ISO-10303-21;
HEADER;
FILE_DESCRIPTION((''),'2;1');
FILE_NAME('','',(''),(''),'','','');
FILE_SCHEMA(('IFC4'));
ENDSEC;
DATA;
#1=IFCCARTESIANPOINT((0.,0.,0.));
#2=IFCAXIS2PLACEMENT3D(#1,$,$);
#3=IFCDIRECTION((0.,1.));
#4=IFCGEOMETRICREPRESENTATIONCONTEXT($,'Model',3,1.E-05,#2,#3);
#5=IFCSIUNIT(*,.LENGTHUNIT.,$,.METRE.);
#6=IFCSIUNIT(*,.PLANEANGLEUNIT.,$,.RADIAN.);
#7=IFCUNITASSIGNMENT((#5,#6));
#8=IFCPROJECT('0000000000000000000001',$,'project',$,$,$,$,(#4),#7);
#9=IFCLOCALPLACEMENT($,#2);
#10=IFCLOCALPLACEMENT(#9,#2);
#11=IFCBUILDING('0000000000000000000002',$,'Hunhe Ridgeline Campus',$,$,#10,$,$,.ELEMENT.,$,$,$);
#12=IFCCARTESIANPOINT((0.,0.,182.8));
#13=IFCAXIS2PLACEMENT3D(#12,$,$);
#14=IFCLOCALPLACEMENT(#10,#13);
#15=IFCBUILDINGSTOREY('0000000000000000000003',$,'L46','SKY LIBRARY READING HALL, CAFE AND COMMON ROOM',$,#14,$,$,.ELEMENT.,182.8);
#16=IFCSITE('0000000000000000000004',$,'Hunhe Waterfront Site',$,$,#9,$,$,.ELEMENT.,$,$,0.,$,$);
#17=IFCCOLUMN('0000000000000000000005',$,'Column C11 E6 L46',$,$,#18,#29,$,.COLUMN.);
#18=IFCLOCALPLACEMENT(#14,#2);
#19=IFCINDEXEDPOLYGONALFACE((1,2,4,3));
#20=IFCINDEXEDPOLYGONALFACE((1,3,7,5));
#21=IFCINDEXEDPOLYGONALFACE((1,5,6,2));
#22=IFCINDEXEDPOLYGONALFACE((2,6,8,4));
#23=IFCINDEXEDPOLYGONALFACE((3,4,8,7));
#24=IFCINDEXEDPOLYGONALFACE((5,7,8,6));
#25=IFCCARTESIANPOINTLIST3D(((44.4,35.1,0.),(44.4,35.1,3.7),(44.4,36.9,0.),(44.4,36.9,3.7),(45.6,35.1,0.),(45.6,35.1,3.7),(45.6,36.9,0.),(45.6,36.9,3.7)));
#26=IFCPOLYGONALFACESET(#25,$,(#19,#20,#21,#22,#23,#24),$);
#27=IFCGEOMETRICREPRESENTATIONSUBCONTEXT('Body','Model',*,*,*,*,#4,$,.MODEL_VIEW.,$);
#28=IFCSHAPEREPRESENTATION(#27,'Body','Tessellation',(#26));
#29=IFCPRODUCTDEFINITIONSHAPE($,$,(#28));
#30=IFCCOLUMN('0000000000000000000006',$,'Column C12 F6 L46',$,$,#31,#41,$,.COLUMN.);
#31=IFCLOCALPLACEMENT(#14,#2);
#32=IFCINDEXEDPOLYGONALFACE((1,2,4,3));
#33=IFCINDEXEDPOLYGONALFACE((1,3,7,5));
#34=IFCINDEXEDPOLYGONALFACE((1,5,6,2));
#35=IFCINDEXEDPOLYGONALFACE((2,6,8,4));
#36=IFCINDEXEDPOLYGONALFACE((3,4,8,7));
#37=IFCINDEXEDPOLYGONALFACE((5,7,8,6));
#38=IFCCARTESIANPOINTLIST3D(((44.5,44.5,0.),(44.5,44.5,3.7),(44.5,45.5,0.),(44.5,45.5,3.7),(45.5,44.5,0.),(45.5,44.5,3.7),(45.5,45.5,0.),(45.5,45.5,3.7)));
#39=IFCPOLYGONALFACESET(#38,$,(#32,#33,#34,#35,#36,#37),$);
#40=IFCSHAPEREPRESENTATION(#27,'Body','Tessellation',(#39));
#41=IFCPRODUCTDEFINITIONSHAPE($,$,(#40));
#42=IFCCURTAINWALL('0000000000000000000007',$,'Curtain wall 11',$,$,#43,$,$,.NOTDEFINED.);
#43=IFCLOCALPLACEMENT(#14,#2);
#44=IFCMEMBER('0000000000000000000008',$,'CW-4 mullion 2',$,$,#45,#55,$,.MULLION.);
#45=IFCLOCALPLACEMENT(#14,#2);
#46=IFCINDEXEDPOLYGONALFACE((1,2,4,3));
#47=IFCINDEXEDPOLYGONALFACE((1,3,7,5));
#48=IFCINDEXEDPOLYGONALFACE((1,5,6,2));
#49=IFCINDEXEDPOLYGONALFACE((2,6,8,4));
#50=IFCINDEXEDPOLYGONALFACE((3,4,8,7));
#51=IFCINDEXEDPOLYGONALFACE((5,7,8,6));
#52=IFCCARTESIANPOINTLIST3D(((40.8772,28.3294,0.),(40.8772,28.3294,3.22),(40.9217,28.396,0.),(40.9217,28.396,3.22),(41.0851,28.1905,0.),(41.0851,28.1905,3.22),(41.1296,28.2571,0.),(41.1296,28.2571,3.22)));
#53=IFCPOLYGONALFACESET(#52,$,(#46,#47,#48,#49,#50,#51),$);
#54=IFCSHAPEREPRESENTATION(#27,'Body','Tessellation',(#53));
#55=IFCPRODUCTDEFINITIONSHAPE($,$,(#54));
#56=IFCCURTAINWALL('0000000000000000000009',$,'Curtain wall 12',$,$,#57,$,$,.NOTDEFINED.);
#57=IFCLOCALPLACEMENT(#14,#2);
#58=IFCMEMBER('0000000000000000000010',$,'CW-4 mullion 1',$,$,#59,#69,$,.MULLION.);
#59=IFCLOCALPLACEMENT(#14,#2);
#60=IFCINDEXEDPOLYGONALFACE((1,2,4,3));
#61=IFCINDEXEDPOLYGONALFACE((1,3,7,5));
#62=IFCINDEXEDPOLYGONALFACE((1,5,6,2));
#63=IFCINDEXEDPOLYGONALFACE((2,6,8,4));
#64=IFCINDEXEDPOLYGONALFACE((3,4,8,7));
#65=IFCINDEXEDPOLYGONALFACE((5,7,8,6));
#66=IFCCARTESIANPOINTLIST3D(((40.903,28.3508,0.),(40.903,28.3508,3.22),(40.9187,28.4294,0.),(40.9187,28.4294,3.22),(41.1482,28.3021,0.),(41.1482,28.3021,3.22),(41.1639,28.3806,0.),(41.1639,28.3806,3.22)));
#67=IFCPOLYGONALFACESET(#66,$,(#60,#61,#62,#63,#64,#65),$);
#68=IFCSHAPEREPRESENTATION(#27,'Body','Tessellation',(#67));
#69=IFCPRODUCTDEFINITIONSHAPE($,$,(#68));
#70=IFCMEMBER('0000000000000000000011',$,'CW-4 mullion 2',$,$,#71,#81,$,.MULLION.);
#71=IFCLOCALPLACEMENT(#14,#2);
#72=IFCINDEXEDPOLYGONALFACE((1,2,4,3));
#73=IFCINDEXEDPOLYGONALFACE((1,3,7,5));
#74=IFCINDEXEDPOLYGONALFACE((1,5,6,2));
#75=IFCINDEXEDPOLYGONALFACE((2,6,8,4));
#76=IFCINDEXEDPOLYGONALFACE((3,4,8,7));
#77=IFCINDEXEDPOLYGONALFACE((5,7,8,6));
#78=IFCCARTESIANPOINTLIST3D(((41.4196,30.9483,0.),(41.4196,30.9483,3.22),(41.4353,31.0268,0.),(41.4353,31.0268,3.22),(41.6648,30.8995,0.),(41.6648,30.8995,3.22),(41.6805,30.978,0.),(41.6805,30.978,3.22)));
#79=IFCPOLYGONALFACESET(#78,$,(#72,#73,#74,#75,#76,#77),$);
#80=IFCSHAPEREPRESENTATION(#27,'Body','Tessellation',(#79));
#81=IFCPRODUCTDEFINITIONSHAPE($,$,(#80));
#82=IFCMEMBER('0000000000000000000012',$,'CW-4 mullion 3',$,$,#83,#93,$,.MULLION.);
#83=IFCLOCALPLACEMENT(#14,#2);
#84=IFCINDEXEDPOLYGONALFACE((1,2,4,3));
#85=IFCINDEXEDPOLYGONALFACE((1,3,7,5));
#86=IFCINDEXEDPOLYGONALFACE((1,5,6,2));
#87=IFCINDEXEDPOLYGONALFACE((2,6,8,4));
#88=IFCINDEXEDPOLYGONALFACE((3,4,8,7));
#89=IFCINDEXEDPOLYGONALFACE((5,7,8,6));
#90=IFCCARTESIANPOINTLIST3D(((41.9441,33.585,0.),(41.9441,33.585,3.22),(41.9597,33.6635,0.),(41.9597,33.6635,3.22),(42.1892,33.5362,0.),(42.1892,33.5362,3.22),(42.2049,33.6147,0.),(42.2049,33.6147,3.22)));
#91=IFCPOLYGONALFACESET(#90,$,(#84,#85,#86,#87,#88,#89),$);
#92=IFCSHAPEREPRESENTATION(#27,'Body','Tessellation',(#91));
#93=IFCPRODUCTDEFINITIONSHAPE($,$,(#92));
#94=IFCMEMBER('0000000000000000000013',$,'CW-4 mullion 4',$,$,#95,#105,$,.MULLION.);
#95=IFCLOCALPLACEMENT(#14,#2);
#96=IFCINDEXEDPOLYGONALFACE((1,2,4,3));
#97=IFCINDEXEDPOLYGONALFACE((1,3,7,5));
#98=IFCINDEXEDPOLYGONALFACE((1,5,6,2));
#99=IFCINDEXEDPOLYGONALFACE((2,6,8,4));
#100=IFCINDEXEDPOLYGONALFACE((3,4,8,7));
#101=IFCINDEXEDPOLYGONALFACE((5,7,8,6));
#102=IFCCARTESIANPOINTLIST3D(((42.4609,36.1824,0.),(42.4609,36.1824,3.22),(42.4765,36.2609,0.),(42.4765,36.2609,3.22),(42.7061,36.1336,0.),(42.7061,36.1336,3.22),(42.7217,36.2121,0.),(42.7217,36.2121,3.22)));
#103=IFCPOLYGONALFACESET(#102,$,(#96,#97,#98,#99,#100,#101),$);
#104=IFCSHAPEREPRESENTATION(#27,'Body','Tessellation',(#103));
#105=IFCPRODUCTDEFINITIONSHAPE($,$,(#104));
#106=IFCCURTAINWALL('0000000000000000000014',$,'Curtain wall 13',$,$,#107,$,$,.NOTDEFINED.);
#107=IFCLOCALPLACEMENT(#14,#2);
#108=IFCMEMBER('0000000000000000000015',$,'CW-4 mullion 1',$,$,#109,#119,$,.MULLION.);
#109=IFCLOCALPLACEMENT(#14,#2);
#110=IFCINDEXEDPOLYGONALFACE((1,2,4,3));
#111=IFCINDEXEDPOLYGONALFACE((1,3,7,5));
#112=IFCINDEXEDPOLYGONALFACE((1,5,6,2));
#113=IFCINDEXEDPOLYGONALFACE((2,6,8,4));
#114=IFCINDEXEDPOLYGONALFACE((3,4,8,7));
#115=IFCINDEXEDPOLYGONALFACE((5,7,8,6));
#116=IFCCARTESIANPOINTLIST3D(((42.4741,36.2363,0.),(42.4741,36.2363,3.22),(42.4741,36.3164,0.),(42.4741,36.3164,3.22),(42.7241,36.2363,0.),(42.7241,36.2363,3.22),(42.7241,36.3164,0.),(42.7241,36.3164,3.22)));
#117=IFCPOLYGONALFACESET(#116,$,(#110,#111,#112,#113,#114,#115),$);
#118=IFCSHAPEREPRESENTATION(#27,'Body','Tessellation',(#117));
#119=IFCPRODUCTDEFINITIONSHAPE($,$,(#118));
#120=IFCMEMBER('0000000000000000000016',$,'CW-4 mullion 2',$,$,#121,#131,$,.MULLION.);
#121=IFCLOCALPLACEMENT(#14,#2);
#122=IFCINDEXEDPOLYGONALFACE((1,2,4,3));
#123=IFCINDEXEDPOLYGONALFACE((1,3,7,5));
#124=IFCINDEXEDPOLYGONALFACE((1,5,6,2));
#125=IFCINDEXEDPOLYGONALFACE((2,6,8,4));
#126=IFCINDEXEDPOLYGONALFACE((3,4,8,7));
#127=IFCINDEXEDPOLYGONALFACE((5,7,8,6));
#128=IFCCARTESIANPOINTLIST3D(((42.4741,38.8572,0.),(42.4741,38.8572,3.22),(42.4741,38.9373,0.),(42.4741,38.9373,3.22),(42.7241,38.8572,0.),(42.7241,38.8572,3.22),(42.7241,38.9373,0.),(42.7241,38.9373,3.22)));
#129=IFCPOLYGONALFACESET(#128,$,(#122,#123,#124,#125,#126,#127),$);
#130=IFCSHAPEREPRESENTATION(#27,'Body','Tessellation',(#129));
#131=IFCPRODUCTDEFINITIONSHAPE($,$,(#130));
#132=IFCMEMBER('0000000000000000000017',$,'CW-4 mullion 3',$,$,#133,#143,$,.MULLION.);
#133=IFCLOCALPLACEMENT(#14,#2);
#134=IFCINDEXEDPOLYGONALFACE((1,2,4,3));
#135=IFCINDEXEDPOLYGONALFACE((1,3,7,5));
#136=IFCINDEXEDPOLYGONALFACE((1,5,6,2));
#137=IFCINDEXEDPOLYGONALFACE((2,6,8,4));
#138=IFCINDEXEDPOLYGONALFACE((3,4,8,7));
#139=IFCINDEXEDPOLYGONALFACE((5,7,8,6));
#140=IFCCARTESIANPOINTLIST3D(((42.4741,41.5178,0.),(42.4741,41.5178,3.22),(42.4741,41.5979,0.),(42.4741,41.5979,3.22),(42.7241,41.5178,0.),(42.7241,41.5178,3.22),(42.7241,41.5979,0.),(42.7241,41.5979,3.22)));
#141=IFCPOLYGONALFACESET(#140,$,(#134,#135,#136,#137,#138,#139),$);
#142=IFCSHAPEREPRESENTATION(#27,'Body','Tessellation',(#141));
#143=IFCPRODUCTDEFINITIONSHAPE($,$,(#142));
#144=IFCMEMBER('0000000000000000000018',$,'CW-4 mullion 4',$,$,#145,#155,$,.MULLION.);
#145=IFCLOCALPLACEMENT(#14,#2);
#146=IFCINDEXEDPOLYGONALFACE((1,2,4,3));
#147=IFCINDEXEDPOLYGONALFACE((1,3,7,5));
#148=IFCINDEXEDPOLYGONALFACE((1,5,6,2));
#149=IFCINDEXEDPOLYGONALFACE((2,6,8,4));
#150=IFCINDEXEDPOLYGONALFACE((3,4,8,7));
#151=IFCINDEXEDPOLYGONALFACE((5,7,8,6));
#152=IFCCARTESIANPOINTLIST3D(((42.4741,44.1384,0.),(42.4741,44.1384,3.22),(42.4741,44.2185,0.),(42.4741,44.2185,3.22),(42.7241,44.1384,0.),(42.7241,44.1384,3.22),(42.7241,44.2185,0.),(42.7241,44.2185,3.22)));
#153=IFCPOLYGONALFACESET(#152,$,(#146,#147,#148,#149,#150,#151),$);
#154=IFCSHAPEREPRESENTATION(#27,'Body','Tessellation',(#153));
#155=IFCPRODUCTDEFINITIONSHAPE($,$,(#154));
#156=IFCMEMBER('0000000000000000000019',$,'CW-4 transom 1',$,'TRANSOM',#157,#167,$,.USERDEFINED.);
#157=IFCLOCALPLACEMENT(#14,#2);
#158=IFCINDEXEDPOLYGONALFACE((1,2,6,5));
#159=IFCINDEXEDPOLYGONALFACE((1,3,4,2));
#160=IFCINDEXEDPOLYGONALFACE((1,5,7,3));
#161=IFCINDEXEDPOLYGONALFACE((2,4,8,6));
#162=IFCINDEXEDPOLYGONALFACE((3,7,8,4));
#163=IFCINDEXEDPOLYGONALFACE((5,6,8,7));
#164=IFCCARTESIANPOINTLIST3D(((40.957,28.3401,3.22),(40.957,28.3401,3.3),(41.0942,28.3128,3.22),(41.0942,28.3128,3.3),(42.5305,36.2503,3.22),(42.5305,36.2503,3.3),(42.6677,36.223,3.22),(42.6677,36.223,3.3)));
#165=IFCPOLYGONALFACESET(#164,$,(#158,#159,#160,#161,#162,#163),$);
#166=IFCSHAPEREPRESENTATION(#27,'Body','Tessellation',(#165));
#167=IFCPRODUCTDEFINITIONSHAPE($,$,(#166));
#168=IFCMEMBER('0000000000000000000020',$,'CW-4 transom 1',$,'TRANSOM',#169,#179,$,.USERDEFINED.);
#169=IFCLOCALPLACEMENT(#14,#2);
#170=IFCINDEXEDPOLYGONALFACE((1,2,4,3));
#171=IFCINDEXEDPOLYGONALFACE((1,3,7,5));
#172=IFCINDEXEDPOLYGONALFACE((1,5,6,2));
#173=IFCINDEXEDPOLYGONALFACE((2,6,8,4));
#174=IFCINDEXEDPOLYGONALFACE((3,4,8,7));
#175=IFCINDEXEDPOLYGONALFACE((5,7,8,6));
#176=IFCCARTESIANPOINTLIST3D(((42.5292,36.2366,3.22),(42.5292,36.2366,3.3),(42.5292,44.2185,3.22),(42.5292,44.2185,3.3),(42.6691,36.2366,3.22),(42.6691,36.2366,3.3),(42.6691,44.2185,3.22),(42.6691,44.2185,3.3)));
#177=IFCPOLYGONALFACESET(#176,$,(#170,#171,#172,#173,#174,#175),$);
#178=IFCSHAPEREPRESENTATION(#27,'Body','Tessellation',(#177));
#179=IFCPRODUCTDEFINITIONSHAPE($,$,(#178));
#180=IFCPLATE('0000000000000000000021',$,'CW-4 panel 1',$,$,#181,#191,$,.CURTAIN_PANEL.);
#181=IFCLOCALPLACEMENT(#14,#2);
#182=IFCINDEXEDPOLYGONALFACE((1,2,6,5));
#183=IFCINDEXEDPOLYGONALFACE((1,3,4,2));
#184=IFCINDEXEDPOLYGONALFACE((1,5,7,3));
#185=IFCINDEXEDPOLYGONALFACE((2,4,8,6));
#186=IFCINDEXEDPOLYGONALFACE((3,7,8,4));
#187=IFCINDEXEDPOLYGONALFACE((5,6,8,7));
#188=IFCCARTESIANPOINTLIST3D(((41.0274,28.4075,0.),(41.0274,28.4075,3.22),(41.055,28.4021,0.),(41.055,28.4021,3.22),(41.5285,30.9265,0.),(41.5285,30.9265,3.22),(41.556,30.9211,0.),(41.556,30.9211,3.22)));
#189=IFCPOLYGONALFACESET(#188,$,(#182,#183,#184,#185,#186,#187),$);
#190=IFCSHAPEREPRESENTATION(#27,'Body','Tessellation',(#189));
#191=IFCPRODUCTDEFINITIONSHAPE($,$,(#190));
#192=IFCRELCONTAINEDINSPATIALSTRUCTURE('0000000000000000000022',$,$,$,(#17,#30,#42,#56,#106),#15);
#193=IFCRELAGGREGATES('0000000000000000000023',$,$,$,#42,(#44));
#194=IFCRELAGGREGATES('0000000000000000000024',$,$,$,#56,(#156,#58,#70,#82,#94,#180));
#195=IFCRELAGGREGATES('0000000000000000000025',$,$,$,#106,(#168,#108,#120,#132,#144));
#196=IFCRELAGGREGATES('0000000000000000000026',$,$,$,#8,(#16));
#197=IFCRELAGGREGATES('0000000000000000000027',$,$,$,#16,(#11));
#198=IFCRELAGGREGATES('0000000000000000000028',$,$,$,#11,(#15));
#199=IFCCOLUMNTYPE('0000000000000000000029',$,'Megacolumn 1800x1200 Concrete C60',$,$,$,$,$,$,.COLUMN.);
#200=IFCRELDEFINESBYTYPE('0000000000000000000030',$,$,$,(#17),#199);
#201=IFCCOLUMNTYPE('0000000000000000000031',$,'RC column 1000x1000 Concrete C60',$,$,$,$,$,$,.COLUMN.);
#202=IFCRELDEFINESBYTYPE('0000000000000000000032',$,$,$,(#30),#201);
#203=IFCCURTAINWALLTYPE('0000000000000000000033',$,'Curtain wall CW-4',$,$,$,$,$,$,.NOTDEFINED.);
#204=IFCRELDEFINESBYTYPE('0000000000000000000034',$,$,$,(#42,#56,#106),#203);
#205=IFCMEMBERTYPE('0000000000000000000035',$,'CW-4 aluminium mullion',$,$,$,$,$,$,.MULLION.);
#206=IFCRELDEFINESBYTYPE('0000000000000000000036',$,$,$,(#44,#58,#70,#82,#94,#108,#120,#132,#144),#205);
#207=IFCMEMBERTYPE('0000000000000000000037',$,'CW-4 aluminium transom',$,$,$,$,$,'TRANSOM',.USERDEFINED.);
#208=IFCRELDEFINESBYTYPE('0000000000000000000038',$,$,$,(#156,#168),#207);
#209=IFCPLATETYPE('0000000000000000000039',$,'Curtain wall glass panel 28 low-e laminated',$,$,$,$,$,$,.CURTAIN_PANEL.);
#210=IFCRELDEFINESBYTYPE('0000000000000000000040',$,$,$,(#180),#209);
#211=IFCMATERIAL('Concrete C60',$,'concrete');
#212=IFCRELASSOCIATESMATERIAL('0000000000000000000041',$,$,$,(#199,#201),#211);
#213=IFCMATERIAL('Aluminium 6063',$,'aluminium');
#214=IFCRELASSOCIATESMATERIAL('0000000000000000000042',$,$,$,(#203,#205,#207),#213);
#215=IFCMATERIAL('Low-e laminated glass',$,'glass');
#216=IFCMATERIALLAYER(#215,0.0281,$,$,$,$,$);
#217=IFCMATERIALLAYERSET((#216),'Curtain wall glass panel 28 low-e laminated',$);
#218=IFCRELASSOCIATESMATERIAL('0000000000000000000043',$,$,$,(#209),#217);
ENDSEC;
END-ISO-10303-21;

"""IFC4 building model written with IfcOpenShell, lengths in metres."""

from ifc_helpers import new_model, si_unit, direction, frame, origin, origin_2d, place, context, subcontext, project, spatial, rectangle, extrude, material, layer, layer_set, material_profile, profile_set, type_object, element, aggregate, save


model = new_model("IFC4")

# Units and contexts
model_context = context("Model", 3, precision=1e-05, world=origin(), true_north=direction((0.0, 1.0)))
body_context = subcontext(model_context, "Body", "Model", "MODEL_VIEW")
ifc_project = project(units=[si_unit("LENGTHUNIT", "METRE"), si_unit("PLANEANGLEUNIT", "RADIAN")], contexts=[model_context])

# Site, building, storey
site_placement = place(None, origin())
site = spatial("IfcSite", under=ifc_project, at=site_placement, Name="Hunhe Waterfront Site", CompositionType="ELEMENT", RefElevation=0.0)
building_placement = place(site_placement, origin())
building = spatial("IfcBuilding", under=site, at=building_placement, Name="Hunhe Ridgeline Campus", CompositionType="ELEMENT")
storey_placement = place(building_placement, frame((0.0, 0.0, 182.8)))
storey = spatial("IfcBuildingStorey", under=building, at=storey_placement, Name="L46", Description="SKY LIBRARY READING HALL, CAFE AND COMMON ROOM", CompositionType="ELEMENT", Elevation=182.8)

# Columns
ifc_material_1 = material(Name="Concrete C60", Category="concrete")
ifc_material_profile_1 = material_profile(ifc_material_1, rectangle(XDim=1.8, YDim=1.2, at=origin_2d()))
ifc_profile_set_1 = profile_set([ifc_material_profile_1], Name="Concrete C60")
column_type_1 = type_object("IfcColumnType", Name="Megacolumn 1800x1200 Concrete C60", PredefinedType="COLUMN", material=ifc_profile_set_1)
column_1_placement = place(storey_placement, frame((45.0, 36.0, 0.0), z_axis=(0.0, 0.0, 1.0), x_axis=(0.0, 1.0, 0.0)))
element("IfcColumn", 1, at=column_1_placement, inside=storey, type_object=column_type_1, Name="Column C11 E6 L46", PredefinedType="COLUMN", context=body_context, shape_type="SweptSolid", body=[
    extrude(rectangle(XDim=1.8, YDim=1.2, at=origin_2d()), origin(), (0.0, 0.0, 1.0), 3.7),
])
ifc_material_profile_2 = material_profile(ifc_material_1, rectangle(XDim=1.0, YDim=1.0, at=origin_2d()))
ifc_profile_set_2 = profile_set([ifc_material_profile_2], Name="Concrete C60")
column_type_2 = type_object("IfcColumnType", Name="RC column 1000x1000 Concrete C60", PredefinedType="COLUMN", material=ifc_profile_set_2)
column_2_placement = place(storey_placement, frame((45.0, 45.0, 0.0), z_axis=(0.0, 0.0, 1.0), x_axis=(1.0, 0.0, 0.0)))
element("IfcColumn", 2, at=column_2_placement, inside=storey, type_object=column_type_2, Name="Column C12 F6 L46", PredefinedType="COLUMN", context=body_context, shape_type="SweptSolid", body=[
    extrude(rectangle(XDim=1.0, YDim=1.0, at=origin_2d()), origin(), (0.0, 0.0, 1.0), 3.7),
])

# Curtain wall, member
ifc_material_2 = material(Name="Aluminium 6063", Category="aluminium")
curtain_wall_type = type_object("IfcCurtainWallType", Name="Curtain wall CW-4", PredefinedType="NOTDEFINED", material=ifc_material_2)
curtain_wall_1_placement = place(storey_placement, origin())
curtain_wall_1 = element("IfcCurtainWall", 3, at=curtain_wall_1_placement, inside=storey, type_object=curtain_wall_type, Name="Curtain wall 11", PredefinedType="NOTDEFINED")
ifc_material_profile_3 = material_profile(ifc_material_2, rectangle(XDim=0.25, YDim=0.0801, at=origin_2d()))
ifc_profile_set_3 = profile_set([ifc_material_profile_3], Name="Aluminium 6063")
member_type_1 = type_object("IfcMemberType", Name="CW-4 aluminium mullion", PredefinedType="MULLION", material=ifc_profile_set_3)
member_1_placement = place(storey_placement, frame((41.0034, 28.2932, 0.0), z_axis=(0.0, 0.0, 1.0), x_axis=(-0.83147, 0.55557, 0.0)))
member_1 = element("IfcMember", 4, at=member_1_placement, type_object=member_type_1, Name="CW-4 mullion 2", PredefinedType="MULLION", context=body_context, shape_type="SweptSolid", body=[
    extrude(rectangle(XDim=0.25, YDim=0.0801, at=origin_2d()), origin(), (0.0, 0.0, 1.0), 3.22),
])
aggregate(curtain_wall_1, [member_1])

# Curtain walls, members
curtain_wall_2_placement = place(storey_placement, origin())
curtain_wall_2 = element("IfcCurtainWall", 5, at=curtain_wall_2_placement, inside=storey, type_object=curtain_wall_type, Name="Curtain wall 12", PredefinedType="NOTDEFINED")
member_2_placement = place(storey_placement, frame((41.0334, 28.3657, 0.0), z_axis=(0.0, 0.0, 1.0), x_axis=(-0.980785, 0.19509, 0.0)))
member_2 = element("IfcMember", 6, at=member_2_placement, type_object=member_type_1, Name="CW-4 mullion 1", PredefinedType="MULLION", context=body_context, shape_type="SweptSolid", body=[
    extrude(rectangle(XDim=0.25, YDim=0.0801, at=origin_2d()), origin(), (0.0, 0.0, 1.0), 3.22),
])
member_3_placement = place(storey_placement, frame((41.55, 30.9631, 0.0), z_axis=(0.0, 0.0, 1.0), x_axis=(-0.980785, 0.19509, 0.0)))
member_3 = element("IfcMember", 7, at=member_3_placement, type_object=member_type_1, Name="CW-4 mullion 2", PredefinedType="MULLION", context=body_context, shape_type="SweptSolid", body=[
    extrude(rectangle(XDim=0.25, YDim=0.0801, at=origin_2d()), origin(), (0.0, 0.0, 1.0), 3.22),
])
member_4_placement = place(storey_placement, frame((42.0745, 33.5999, 0.0), z_axis=(0.0, 0.0, 1.0), x_axis=(-0.980785, 0.19509, 0.0)))
member_4 = element("IfcMember", 8, at=member_4_placement, type_object=member_type_1, Name="CW-4 mullion 3", PredefinedType="MULLION", context=body_context, shape_type="SweptSolid", body=[
    extrude(rectangle(XDim=0.25, YDim=0.0801, at=origin_2d()), origin(), (0.0, 0.0, 1.0), 3.22),
])
member_5_placement = place(storey_placement, frame((42.5913, 36.1973, 0.0), z_axis=(0.0, 0.0, 1.0), x_axis=(-0.980785, 0.19509, 0.0)))
member_5 = element("IfcMember", 9, at=member_5_placement, type_object=member_type_1, Name="CW-4 mullion 4", PredefinedType="MULLION", context=body_context, shape_type="SweptSolid", body=[
    extrude(rectangle(XDim=0.25, YDim=0.0801, at=origin_2d()), origin(), (0.0, 0.0, 1.0), 3.22),
])
curtain_wall_3_placement = place(storey_placement, origin())
curtain_wall_3 = element("IfcCurtainWall", 10, at=curtain_wall_3_placement, inside=storey, type_object=curtain_wall_type, Name="Curtain wall 13", PredefinedType="NOTDEFINED")
member_6_placement = place(storey_placement, frame((42.5991, 36.2764, 0.0), z_axis=(0.0, 0.0, 1.0), x_axis=(-1.0, 0.000007, 0.0)))
member_6 = element("IfcMember", 11, at=member_6_placement, type_object=member_type_1, Name="CW-4 mullion 1", PredefinedType="MULLION", context=body_context, shape_type="SweptSolid", body=[
    extrude(rectangle(XDim=0.25, YDim=0.0801, at=origin_2d()), origin(), (0.0, 0.0, 1.0), 3.22),
])
member_7_placement = place(storey_placement, frame((42.5991, 38.8972, 0.0), z_axis=(0.0, 0.0, 1.0), x_axis=(-1.0, 0.000007, 0.0)))
member_7 = element("IfcMember", 12, at=member_7_placement, type_object=member_type_1, Name="CW-4 mullion 2", PredefinedType="MULLION", context=body_context, shape_type="SweptSolid", body=[
    extrude(rectangle(XDim=0.25, YDim=0.0801, at=origin_2d()), origin(), (0.0, 0.0, 1.0), 3.22),
])
member_8_placement = place(storey_placement, frame((42.5991, 41.5579, 0.0), z_axis=(0.0, 0.0, 1.0), x_axis=(-1.0, 0.000007, 0.0)))
member_8 = element("IfcMember", 13, at=member_8_placement, type_object=member_type_1, Name="CW-4 mullion 3", PredefinedType="MULLION", context=body_context, shape_type="SweptSolid", body=[
    extrude(rectangle(XDim=0.25, YDim=0.0801, at=origin_2d()), origin(), (0.0, 0.0, 1.0), 3.22),
])
member_9_placement = place(storey_placement, frame((42.5991, 44.1785, 0.0), z_axis=(0.0, 0.0, 1.0), x_axis=(-1.0, 0.000007, 0.0)))
member_9 = element("IfcMember", 14, at=member_9_placement, type_object=member_type_1, Name="CW-4 mullion 4", PredefinedType="MULLION", context=body_context, shape_type="SweptSolid", body=[
    extrude(rectangle(XDim=0.25, YDim=0.0801, at=origin_2d()), origin(), (0.0, 0.0, 1.0), 3.22),
])

# Members
ifc_material_profile_4 = material_profile(ifc_material_2, rectangle(XDim=0.1399, YDim=0.0801, at=origin_2d()))
ifc_profile_set_4 = profile_set([ifc_material_profile_4], Name="Aluminium 6063")
member_type_2 = type_object("IfcMemberType", Name="CW-4 aluminium transom", ElementType="TRANSOM", PredefinedType="USERDEFINED", material=ifc_profile_set_4)
member_10_placement = place(storey_placement, frame((41.0256, 28.3264, 3.26), z_axis=(0.195097, 0.980784, 0.0), x_axis=(-0.980784, 0.195097, 0.0)))
member_10 = element("IfcMember", 15, at=member_10_placement, type_object=member_type_2, Name="CW-4 transom 1", ObjectType="TRANSOM", PredefinedType="USERDEFINED", context=body_context, shape_type="SweptSolid", body=[
    extrude(rectangle(XDim=0.1399, YDim=0.0801, at=origin_2d()), origin(), (0.0, 0.0, 1.0), 8.0652),
])
member_11_placement = place(storey_placement, frame((42.5991, 36.2366, 3.26), z_axis=(0.0, 1.0, 0.0), x_axis=(-1.0, 0.0, 0.0)))
member_11 = element("IfcMember", 16, at=member_11_placement, type_object=member_type_2, Name="CW-4 transom 1", ObjectType="TRANSOM", PredefinedType="USERDEFINED", context=body_context, shape_type="SweptSolid", body=[
    extrude(rectangle(XDim=0.1399, YDim=0.0801, at=origin_2d()), origin(), (0.0, 0.0, 1.0), 7.9819),
])

# Plate
ifc_material_3 = material(Name="Low-e laminated glass", Category="glass")
ifc_layer_1 = layer(ifc_material_3, 0.0281)
ifc_layer_set_1 = layer_set([ifc_layer_1], Name="Curtain wall glass panel 28 low-e laminated")
plate_type = type_object("IfcPlateType", Name="Curtain wall glass panel 28 low-e laminated", PredefinedType="CURTAIN_PANEL", material=ifc_layer_set_1)
plate_1_placement = place(storey_placement, frame((41.2917, 29.6643, 0.0), z_axis=(0.0, 0.0, 1.0), x_axis=(0.19509, 0.980785, 0.0)))
plate_1 = element("IfcPlate", 17, at=plate_1_placement, type_object=plate_type, Name="CW-4 panel 1", PredefinedType="CURTAIN_PANEL", context=body_context, shape_type="SweptSolid", body=[
    extrude(rectangle(XDim=2.5684, YDim=0.0281, at=origin_2d()), origin(), (0.0, 0.0, 1.0), 3.22),
])
aggregate(curtain_wall_2, [member_10, member_2, member_3, member_4, member_5, plate_1])
aggregate(curtain_wall_3, [member_11, member_6, member_7, member_8, member_9])

save(model, "model.ifc")
